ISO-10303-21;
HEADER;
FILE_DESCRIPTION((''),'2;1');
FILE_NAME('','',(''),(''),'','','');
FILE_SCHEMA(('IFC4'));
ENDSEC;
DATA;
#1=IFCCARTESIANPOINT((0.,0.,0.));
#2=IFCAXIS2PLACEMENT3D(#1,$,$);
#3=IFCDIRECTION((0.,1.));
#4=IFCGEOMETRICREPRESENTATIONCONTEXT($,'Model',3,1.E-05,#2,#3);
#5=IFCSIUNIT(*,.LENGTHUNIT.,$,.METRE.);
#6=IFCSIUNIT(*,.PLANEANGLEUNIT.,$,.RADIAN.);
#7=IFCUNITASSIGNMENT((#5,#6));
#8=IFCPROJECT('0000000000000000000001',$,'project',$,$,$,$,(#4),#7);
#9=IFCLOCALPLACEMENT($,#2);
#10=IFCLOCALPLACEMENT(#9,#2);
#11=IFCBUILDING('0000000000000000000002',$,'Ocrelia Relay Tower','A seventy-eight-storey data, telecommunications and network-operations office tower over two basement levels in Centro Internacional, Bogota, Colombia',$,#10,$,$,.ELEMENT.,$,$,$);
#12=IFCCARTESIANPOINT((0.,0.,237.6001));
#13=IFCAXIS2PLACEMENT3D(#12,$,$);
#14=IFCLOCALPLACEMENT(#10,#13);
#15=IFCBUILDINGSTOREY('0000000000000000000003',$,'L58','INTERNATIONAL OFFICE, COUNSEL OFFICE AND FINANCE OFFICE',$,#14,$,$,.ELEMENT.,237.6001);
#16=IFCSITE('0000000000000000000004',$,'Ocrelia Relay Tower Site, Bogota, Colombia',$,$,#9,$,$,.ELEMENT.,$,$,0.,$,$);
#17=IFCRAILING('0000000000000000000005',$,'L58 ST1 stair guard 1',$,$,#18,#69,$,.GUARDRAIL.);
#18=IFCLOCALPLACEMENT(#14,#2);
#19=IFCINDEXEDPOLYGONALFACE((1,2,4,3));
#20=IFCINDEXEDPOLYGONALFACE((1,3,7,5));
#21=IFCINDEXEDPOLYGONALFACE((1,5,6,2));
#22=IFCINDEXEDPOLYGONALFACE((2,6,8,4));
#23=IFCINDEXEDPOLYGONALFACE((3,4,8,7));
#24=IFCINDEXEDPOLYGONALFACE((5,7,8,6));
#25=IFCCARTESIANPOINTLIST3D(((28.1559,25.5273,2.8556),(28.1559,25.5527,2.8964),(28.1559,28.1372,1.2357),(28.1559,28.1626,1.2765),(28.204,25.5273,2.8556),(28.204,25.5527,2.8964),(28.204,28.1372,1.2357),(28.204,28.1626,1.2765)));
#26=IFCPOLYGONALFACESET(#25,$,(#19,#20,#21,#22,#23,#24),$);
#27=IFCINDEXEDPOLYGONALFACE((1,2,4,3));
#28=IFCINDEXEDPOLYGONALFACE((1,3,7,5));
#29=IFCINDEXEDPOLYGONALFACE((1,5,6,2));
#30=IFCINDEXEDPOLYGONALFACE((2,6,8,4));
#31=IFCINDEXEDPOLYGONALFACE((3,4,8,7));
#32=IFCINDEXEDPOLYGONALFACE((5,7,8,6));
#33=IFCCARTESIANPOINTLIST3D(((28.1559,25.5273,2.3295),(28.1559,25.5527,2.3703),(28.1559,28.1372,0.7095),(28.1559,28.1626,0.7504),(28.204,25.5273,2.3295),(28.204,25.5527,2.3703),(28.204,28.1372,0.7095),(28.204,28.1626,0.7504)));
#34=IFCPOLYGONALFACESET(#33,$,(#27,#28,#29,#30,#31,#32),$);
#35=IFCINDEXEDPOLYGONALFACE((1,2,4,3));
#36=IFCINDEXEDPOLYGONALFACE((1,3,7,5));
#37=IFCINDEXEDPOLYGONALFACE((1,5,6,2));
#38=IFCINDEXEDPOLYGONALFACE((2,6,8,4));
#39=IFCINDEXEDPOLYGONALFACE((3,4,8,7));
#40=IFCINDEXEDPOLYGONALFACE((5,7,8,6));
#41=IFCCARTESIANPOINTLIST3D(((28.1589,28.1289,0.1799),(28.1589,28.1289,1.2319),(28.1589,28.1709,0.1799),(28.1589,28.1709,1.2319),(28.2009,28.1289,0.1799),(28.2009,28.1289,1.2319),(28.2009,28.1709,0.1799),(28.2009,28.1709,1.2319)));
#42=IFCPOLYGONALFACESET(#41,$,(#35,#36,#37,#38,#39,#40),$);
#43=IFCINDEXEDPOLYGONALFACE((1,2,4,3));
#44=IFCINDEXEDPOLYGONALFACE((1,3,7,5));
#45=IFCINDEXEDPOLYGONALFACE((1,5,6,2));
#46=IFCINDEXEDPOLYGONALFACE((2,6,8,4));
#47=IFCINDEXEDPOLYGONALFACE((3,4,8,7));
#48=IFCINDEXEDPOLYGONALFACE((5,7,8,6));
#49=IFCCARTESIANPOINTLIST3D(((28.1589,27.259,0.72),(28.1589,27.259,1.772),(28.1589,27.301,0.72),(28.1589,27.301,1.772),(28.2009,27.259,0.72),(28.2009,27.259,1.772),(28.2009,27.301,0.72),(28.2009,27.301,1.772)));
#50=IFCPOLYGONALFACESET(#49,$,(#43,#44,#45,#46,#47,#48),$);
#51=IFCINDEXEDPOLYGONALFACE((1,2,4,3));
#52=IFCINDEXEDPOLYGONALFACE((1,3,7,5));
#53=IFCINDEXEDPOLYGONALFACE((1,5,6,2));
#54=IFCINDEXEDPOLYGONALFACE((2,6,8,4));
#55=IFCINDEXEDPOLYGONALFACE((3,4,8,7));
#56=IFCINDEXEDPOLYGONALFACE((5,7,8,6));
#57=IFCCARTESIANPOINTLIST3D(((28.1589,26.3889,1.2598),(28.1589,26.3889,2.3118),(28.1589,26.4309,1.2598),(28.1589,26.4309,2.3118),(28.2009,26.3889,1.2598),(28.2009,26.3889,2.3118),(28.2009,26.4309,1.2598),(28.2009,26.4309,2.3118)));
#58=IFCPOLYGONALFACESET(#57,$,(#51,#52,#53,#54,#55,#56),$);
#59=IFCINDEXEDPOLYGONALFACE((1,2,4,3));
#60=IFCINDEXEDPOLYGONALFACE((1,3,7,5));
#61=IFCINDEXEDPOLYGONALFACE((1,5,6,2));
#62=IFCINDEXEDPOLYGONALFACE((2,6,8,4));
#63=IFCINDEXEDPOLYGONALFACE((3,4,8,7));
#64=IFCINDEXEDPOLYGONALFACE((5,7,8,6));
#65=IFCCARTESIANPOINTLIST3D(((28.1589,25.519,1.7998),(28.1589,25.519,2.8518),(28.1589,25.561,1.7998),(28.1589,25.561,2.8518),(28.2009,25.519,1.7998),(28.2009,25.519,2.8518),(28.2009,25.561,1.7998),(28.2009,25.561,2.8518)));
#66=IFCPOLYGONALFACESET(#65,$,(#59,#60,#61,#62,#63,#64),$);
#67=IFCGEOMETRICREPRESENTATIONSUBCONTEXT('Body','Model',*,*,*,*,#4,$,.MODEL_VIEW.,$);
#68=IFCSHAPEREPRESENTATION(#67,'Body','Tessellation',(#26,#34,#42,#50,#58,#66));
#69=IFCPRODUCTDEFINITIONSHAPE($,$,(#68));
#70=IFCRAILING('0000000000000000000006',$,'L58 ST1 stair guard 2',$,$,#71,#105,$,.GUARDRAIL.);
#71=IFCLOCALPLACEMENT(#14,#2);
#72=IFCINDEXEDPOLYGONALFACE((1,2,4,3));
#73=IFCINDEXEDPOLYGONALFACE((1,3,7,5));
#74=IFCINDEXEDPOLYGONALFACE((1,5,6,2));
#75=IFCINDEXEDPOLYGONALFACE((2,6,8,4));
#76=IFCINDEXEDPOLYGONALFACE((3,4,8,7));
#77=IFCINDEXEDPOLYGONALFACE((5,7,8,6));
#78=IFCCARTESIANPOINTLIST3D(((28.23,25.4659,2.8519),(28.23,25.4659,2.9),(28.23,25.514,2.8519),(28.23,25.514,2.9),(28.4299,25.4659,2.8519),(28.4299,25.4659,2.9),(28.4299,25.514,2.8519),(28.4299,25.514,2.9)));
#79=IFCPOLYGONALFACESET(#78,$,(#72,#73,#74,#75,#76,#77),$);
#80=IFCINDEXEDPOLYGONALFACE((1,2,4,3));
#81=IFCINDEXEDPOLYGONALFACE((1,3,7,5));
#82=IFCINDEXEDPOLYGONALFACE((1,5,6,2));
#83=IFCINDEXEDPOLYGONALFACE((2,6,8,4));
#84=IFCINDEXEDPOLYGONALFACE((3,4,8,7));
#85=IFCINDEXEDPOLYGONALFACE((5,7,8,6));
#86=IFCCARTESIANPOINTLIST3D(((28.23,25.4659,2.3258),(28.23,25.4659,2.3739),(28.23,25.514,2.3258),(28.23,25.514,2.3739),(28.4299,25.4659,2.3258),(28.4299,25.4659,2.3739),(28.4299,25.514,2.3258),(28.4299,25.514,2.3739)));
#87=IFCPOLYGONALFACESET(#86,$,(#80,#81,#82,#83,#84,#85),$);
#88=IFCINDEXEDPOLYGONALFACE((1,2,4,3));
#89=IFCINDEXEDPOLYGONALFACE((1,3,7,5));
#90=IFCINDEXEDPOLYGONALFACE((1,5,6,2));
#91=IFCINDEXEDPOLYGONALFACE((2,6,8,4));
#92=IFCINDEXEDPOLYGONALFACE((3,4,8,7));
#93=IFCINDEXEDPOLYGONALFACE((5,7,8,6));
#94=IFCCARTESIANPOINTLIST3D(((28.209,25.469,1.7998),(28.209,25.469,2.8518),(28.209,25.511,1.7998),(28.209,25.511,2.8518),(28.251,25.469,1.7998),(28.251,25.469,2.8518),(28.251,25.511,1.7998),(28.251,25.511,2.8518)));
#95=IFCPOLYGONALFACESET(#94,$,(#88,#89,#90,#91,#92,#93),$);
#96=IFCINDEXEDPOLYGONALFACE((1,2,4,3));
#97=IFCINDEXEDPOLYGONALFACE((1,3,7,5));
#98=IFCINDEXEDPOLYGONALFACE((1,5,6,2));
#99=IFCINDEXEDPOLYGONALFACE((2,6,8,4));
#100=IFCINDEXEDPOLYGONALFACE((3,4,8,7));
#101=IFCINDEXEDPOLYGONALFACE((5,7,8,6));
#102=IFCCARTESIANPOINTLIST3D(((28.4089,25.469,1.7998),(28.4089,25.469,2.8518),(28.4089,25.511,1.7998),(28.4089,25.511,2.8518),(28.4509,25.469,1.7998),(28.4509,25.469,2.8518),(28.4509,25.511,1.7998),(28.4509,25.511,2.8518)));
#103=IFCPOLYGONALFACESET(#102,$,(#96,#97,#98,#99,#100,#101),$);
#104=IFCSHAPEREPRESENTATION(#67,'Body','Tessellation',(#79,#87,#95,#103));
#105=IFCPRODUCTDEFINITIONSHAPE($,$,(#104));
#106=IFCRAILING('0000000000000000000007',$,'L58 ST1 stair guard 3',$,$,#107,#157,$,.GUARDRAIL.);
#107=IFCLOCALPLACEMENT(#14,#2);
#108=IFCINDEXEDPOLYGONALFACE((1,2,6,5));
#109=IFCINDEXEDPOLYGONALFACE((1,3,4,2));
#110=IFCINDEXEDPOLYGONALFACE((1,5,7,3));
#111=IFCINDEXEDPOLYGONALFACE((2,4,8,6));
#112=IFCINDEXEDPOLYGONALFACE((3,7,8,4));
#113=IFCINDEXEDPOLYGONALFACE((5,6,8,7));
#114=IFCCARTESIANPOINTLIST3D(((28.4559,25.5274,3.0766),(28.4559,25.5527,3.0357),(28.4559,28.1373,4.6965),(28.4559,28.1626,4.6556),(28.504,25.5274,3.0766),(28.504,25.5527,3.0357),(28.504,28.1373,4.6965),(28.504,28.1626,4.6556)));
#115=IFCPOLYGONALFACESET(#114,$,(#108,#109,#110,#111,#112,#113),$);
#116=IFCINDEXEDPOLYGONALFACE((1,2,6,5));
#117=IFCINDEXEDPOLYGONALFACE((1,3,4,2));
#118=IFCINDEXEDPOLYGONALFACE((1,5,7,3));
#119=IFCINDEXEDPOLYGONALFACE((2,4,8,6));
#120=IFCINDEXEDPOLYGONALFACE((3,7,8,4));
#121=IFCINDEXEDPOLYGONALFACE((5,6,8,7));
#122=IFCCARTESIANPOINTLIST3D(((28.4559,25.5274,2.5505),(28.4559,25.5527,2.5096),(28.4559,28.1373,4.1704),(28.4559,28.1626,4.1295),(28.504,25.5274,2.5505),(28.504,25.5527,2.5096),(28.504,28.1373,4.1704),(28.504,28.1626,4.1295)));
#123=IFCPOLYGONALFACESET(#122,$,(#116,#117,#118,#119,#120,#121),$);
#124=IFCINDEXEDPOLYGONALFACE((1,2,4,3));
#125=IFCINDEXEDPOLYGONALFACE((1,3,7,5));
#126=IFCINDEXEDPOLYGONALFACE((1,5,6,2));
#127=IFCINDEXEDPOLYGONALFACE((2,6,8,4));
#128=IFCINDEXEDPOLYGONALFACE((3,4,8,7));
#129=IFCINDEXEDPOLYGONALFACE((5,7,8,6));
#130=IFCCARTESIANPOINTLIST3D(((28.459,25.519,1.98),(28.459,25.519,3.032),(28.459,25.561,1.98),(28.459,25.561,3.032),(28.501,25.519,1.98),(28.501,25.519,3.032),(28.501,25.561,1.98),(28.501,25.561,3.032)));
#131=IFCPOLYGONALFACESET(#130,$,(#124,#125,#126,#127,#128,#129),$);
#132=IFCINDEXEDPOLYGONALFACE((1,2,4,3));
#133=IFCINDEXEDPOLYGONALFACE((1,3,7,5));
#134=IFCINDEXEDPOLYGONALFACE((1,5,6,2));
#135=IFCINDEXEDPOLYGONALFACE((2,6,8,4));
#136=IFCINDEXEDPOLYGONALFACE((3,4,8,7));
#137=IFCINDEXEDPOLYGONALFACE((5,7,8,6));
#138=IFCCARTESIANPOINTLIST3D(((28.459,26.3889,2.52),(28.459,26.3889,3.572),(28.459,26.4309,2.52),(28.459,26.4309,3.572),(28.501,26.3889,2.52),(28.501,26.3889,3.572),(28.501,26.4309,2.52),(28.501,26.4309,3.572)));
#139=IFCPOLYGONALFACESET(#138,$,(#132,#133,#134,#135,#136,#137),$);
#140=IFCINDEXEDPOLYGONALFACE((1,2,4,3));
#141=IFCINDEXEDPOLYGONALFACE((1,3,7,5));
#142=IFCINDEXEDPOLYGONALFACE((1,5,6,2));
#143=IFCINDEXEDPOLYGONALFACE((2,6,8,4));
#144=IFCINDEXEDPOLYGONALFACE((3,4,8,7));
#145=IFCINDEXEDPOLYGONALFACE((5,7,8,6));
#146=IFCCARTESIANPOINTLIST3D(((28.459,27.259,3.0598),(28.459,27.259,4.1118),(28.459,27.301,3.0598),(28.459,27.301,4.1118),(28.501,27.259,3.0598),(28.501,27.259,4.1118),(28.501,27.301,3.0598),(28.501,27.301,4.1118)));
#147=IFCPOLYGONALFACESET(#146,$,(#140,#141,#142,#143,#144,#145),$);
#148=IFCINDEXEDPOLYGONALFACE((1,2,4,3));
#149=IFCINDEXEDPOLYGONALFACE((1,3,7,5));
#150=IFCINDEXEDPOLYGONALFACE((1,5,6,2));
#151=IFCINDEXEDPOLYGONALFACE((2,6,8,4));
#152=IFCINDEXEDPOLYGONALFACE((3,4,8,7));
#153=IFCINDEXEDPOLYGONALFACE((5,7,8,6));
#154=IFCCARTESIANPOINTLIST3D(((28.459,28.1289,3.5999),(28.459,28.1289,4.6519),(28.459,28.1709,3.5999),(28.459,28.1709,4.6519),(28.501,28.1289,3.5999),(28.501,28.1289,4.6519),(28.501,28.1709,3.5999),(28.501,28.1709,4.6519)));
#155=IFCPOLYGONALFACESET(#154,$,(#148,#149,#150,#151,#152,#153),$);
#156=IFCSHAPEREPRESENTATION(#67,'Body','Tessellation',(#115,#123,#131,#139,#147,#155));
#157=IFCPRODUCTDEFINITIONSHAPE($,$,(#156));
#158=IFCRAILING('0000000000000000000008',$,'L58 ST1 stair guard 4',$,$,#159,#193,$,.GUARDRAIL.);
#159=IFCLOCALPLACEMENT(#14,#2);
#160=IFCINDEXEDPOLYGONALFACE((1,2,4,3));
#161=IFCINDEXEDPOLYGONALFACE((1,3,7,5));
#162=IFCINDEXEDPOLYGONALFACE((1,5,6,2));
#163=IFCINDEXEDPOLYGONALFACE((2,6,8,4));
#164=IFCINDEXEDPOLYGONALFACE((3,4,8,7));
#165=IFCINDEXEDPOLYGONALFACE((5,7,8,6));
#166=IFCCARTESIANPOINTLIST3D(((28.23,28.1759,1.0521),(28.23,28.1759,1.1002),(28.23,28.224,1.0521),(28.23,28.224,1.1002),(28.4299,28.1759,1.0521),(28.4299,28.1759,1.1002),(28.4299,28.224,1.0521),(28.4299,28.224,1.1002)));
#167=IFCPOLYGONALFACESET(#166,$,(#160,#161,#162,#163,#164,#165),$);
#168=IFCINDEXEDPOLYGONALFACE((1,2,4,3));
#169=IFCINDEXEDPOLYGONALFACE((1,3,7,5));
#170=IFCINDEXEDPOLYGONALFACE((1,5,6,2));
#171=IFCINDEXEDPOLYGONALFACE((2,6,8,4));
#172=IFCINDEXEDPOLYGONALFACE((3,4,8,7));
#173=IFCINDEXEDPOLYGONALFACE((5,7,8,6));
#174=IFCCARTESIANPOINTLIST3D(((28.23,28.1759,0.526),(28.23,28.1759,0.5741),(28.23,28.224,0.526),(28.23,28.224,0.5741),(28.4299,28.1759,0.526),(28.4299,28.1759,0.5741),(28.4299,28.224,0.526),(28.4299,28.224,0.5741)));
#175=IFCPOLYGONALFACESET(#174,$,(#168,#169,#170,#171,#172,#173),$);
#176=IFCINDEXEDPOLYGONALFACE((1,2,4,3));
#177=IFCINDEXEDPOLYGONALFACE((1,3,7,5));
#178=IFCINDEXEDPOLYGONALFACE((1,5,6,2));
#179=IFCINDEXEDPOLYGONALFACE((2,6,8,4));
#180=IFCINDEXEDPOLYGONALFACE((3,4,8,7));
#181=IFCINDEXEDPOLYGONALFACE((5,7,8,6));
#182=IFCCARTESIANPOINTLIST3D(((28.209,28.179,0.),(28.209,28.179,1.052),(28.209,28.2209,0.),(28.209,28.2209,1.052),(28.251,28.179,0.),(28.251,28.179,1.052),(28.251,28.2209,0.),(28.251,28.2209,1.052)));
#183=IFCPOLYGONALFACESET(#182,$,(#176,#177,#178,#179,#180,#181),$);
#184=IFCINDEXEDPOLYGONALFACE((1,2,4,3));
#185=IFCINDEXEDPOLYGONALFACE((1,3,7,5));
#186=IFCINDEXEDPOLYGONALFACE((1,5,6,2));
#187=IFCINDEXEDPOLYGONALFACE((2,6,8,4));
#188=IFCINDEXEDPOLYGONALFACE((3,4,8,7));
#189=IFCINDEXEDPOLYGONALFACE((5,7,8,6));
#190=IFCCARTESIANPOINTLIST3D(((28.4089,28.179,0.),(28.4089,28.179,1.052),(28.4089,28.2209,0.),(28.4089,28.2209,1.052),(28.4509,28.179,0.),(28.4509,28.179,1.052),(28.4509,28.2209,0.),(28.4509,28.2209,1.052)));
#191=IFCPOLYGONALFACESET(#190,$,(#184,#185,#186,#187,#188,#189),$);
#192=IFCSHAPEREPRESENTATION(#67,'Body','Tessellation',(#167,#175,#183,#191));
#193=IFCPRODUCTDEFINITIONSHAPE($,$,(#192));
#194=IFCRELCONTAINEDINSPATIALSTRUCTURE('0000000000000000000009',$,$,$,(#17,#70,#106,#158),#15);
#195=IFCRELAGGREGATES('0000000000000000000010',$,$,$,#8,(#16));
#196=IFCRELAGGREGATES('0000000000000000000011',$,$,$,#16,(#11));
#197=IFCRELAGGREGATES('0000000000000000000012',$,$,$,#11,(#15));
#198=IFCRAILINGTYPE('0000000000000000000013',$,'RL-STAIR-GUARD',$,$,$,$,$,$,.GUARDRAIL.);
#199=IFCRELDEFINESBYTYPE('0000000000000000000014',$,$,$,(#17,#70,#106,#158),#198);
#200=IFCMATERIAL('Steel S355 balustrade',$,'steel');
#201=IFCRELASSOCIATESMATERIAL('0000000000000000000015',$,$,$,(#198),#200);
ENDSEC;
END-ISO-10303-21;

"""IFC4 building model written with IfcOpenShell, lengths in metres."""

from ifc_helpers import new_model, si_unit, direction, frame, origin, origin_2d, place, context, subcontext, project, spatial, rectangle, extrude, material, type_object, element, save


model = new_model("IFC4")

# Units and contexts
model_context = context("Model", 3, precision=1e-05, world=origin(), true_north=direction((0.0, 1.0)))
body_context = subcontext(model_context, "Body", "Model", "MODEL_VIEW")
ifc_project = project(units=[si_unit("LENGTHUNIT", "METRE"), si_unit("PLANEANGLEUNIT", "RADIAN")], contexts=[model_context])

# Site, building, storey
site_placement = place(None, origin())
site = spatial("IfcSite", under=ifc_project, at=site_placement, Name="Ocrelia Relay Tower Site, Bogota, Colombia", CompositionType="ELEMENT", RefElevation=0.0)
building_placement = place(site_placement, origin())
building = spatial("IfcBuilding", under=site, at=building_placement, Name="Ocrelia Relay Tower", Description="A seventy-eight-storey data, telecommunications and network-operations office tower over two basement levels in Centro Internacional, Bogota, Colombia", CompositionType="ELEMENT")
storey_placement = place(building_placement, frame((0.0, 0.0, 237.6001)))
storey = spatial("IfcBuildingStorey", under=building, at=storey_placement, Name="L58", Description="INTERNATIONAL OFFICE, COUNSEL OFFICE AND FINANCE OFFICE", CompositionType="ELEMENT", Elevation=237.6001)

# Railings
ifc_material_1 = material(Name="Steel S355 balustrade", Category="steel")
railing_type_1 = type_object("IfcRailingType", Name="RL-STAIR-GUARD", PredefinedType="GUARDRAIL", material=ifc_material_1)
railing_1_placement = place(storey_placement, frame((28.1799, 28.1499, 0.1799)))
element("IfcRailing", 1, at=railing_1_placement, inside=storey, type_object=railing_type_1, Name="L58 ST1 stair guard 1", PredefinedType="GUARDRAIL", context=body_context, shape_type="SweptSolid", body=[
    extrude(rectangle(XDim=0.0481, YDim=0.0481, at=origin_2d()), frame((0.0, 0.0, 1.0762), z_axis=(0.0, -0.849646, 0.527353), x_axis=(1.0, 0.0, 0.0)), (0.0, 0.0, 1.0), 3.0718),
    extrude(rectangle(XDim=0.0481, YDim=0.0481, at=origin_2d()), frame((0.0, 0.0, 0.55), z_axis=(0.0, -0.849646, 0.527353), x_axis=(1.0, 0.0, 0.0)), (0.0, 0.0, 1.0), 3.0718),
    extrude(rectangle(XDim=0.042, YDim=0.042, at=origin_2d()), origin(), (0.0, 0.0, 1.0), 1.052),
    extrude(rectangle(XDim=0.042, YDim=0.042, at=origin_2d()), frame((0.0, -0.8699, 0.54)), (0.0, 0.0, 1.0), 1.052),
    extrude(rectangle(XDim=0.042, YDim=0.042, at=origin_2d()), frame((0.0, -1.74, 1.0798)), (0.0, 0.0, 1.0), 1.052),
    extrude(rectangle(XDim=0.042, YDim=0.042, at=origin_2d()), frame((0.0, -2.6099, 1.6199)), (0.0, 0.0, 1.0), 1.052),
])
railing_2_placement = place(storey_placement, frame((28.23, 25.49, 1.7998)))
element("IfcRailing", 2, at=railing_2_placement, inside=storey, type_object=railing_type_1, Name="L58 ST1 stair guard 2", PredefinedType="GUARDRAIL", context=body_context, shape_type="SweptSolid", body=[
    extrude(rectangle(XDim=0.0481, YDim=0.0481, at=origin_2d()), frame((0.0, 0.0, 1.0762), z_axis=(1.0, 0.0, 0.0), x_axis=(0.0, 1.0, 0.0)), (0.0, 0.0, 1.0), 0.2),
    extrude(rectangle(XDim=0.0481, YDim=0.0481, at=origin_2d()), frame((0.0, 0.0, 0.55), z_axis=(1.0, 0.0, 0.0), x_axis=(0.0, 1.0, 0.0)), (0.0, 0.0, 1.0), 0.2),
    extrude(rectangle(XDim=0.042, YDim=0.042, at=origin_2d()), origin(), (0.0, 0.0, 1.0), 1.052),
    extrude(rectangle(XDim=0.042, YDim=0.042, at=origin_2d()), frame((0.2, 0.0, 0.0)), (0.0, 0.0, 1.0), 1.052),
])
railing_3_placement = place(storey_placement, frame((28.48, 25.54, 1.98)))
element("IfcRailing", 3, at=railing_3_placement, inside=storey, type_object=railing_type_1, Name="L58 ST1 stair guard 3", PredefinedType="GUARDRAIL", context=body_context, shape_type="SweptSolid", body=[
    extrude(rectangle(XDim=0.0481, YDim=0.0481, at=origin_2d()), frame((0.0, 0.0, 1.0762), z_axis=(0.0, 0.849646, 0.527353), x_axis=(-1.0, 0.0, 0.0)), (0.0, 0.0, 1.0), 3.0718),
    extrude(rectangle(XDim=0.0481, YDim=0.0481, at=origin_2d()), frame((0.0, 0.0, 0.55), z_axis=(0.0, 0.849646, 0.527353), x_axis=(-1.0, 0.0, 0.0)), (0.0, 0.0, 1.0), 3.0718),
    extrude(rectangle(XDim=0.042, YDim=0.042, at=origin_2d()), origin(), (0.0, 0.0, 1.0), 1.052),
    extrude(rectangle(XDim=0.042, YDim=0.042, at=origin_2d()), frame((0.0, 0.8699, 0.54)), (0.0, 0.0, 1.0), 1.052),
    extrude(rectangle(XDim=0.042, YDim=0.042, at=origin_2d()), frame((0.0, 1.74, 1.0798)), (0.0, 0.0, 1.0), 1.052),
    extrude(rectangle(XDim=0.042, YDim=0.042, at=origin_2d()), frame((0.0, 2.6099, 1.6199)), (0.0, 0.0, 1.0), 1.052),
])
railing_4_placement = place(storey_placement, frame((28.23, 28.2, 0.0)))
element("IfcRailing", 4, at=railing_4_placement, inside=storey, type_object=railing_type_1, Name="L58 ST1 stair guard 4", PredefinedType="GUARDRAIL", context=body_context, shape_type="SweptSolid", body=[
    extrude(rectangle(XDim=0.0481, YDim=0.0481, at=origin_2d()), frame((0.0, 0.0, 1.0762), z_axis=(1.0, 0.0, 0.0), x_axis=(0.0, 1.0, 0.0)), (0.0, 0.0, 1.0), 0.2),
    extrude(rectangle(XDim=0.0481, YDim=0.0481, at=origin_2d()), frame((0.0, 0.0, 0.55), z_axis=(1.0, 0.0, 0.0), x_axis=(0.0, 1.0, 0.0)), (0.0, 0.0, 1.0), 0.2),
    extrude(rectangle(XDim=0.042, YDim=0.042, at=origin_2d()), origin(), (0.0, 0.0, 1.0), 1.052),
    extrude(rectangle(XDim=0.042, YDim=0.042, at=origin_2d()), frame((0.2, 0.0, 0.0)), (0.0, 0.0, 1.0), 1.052),
])

save(model, "model.ifc")
